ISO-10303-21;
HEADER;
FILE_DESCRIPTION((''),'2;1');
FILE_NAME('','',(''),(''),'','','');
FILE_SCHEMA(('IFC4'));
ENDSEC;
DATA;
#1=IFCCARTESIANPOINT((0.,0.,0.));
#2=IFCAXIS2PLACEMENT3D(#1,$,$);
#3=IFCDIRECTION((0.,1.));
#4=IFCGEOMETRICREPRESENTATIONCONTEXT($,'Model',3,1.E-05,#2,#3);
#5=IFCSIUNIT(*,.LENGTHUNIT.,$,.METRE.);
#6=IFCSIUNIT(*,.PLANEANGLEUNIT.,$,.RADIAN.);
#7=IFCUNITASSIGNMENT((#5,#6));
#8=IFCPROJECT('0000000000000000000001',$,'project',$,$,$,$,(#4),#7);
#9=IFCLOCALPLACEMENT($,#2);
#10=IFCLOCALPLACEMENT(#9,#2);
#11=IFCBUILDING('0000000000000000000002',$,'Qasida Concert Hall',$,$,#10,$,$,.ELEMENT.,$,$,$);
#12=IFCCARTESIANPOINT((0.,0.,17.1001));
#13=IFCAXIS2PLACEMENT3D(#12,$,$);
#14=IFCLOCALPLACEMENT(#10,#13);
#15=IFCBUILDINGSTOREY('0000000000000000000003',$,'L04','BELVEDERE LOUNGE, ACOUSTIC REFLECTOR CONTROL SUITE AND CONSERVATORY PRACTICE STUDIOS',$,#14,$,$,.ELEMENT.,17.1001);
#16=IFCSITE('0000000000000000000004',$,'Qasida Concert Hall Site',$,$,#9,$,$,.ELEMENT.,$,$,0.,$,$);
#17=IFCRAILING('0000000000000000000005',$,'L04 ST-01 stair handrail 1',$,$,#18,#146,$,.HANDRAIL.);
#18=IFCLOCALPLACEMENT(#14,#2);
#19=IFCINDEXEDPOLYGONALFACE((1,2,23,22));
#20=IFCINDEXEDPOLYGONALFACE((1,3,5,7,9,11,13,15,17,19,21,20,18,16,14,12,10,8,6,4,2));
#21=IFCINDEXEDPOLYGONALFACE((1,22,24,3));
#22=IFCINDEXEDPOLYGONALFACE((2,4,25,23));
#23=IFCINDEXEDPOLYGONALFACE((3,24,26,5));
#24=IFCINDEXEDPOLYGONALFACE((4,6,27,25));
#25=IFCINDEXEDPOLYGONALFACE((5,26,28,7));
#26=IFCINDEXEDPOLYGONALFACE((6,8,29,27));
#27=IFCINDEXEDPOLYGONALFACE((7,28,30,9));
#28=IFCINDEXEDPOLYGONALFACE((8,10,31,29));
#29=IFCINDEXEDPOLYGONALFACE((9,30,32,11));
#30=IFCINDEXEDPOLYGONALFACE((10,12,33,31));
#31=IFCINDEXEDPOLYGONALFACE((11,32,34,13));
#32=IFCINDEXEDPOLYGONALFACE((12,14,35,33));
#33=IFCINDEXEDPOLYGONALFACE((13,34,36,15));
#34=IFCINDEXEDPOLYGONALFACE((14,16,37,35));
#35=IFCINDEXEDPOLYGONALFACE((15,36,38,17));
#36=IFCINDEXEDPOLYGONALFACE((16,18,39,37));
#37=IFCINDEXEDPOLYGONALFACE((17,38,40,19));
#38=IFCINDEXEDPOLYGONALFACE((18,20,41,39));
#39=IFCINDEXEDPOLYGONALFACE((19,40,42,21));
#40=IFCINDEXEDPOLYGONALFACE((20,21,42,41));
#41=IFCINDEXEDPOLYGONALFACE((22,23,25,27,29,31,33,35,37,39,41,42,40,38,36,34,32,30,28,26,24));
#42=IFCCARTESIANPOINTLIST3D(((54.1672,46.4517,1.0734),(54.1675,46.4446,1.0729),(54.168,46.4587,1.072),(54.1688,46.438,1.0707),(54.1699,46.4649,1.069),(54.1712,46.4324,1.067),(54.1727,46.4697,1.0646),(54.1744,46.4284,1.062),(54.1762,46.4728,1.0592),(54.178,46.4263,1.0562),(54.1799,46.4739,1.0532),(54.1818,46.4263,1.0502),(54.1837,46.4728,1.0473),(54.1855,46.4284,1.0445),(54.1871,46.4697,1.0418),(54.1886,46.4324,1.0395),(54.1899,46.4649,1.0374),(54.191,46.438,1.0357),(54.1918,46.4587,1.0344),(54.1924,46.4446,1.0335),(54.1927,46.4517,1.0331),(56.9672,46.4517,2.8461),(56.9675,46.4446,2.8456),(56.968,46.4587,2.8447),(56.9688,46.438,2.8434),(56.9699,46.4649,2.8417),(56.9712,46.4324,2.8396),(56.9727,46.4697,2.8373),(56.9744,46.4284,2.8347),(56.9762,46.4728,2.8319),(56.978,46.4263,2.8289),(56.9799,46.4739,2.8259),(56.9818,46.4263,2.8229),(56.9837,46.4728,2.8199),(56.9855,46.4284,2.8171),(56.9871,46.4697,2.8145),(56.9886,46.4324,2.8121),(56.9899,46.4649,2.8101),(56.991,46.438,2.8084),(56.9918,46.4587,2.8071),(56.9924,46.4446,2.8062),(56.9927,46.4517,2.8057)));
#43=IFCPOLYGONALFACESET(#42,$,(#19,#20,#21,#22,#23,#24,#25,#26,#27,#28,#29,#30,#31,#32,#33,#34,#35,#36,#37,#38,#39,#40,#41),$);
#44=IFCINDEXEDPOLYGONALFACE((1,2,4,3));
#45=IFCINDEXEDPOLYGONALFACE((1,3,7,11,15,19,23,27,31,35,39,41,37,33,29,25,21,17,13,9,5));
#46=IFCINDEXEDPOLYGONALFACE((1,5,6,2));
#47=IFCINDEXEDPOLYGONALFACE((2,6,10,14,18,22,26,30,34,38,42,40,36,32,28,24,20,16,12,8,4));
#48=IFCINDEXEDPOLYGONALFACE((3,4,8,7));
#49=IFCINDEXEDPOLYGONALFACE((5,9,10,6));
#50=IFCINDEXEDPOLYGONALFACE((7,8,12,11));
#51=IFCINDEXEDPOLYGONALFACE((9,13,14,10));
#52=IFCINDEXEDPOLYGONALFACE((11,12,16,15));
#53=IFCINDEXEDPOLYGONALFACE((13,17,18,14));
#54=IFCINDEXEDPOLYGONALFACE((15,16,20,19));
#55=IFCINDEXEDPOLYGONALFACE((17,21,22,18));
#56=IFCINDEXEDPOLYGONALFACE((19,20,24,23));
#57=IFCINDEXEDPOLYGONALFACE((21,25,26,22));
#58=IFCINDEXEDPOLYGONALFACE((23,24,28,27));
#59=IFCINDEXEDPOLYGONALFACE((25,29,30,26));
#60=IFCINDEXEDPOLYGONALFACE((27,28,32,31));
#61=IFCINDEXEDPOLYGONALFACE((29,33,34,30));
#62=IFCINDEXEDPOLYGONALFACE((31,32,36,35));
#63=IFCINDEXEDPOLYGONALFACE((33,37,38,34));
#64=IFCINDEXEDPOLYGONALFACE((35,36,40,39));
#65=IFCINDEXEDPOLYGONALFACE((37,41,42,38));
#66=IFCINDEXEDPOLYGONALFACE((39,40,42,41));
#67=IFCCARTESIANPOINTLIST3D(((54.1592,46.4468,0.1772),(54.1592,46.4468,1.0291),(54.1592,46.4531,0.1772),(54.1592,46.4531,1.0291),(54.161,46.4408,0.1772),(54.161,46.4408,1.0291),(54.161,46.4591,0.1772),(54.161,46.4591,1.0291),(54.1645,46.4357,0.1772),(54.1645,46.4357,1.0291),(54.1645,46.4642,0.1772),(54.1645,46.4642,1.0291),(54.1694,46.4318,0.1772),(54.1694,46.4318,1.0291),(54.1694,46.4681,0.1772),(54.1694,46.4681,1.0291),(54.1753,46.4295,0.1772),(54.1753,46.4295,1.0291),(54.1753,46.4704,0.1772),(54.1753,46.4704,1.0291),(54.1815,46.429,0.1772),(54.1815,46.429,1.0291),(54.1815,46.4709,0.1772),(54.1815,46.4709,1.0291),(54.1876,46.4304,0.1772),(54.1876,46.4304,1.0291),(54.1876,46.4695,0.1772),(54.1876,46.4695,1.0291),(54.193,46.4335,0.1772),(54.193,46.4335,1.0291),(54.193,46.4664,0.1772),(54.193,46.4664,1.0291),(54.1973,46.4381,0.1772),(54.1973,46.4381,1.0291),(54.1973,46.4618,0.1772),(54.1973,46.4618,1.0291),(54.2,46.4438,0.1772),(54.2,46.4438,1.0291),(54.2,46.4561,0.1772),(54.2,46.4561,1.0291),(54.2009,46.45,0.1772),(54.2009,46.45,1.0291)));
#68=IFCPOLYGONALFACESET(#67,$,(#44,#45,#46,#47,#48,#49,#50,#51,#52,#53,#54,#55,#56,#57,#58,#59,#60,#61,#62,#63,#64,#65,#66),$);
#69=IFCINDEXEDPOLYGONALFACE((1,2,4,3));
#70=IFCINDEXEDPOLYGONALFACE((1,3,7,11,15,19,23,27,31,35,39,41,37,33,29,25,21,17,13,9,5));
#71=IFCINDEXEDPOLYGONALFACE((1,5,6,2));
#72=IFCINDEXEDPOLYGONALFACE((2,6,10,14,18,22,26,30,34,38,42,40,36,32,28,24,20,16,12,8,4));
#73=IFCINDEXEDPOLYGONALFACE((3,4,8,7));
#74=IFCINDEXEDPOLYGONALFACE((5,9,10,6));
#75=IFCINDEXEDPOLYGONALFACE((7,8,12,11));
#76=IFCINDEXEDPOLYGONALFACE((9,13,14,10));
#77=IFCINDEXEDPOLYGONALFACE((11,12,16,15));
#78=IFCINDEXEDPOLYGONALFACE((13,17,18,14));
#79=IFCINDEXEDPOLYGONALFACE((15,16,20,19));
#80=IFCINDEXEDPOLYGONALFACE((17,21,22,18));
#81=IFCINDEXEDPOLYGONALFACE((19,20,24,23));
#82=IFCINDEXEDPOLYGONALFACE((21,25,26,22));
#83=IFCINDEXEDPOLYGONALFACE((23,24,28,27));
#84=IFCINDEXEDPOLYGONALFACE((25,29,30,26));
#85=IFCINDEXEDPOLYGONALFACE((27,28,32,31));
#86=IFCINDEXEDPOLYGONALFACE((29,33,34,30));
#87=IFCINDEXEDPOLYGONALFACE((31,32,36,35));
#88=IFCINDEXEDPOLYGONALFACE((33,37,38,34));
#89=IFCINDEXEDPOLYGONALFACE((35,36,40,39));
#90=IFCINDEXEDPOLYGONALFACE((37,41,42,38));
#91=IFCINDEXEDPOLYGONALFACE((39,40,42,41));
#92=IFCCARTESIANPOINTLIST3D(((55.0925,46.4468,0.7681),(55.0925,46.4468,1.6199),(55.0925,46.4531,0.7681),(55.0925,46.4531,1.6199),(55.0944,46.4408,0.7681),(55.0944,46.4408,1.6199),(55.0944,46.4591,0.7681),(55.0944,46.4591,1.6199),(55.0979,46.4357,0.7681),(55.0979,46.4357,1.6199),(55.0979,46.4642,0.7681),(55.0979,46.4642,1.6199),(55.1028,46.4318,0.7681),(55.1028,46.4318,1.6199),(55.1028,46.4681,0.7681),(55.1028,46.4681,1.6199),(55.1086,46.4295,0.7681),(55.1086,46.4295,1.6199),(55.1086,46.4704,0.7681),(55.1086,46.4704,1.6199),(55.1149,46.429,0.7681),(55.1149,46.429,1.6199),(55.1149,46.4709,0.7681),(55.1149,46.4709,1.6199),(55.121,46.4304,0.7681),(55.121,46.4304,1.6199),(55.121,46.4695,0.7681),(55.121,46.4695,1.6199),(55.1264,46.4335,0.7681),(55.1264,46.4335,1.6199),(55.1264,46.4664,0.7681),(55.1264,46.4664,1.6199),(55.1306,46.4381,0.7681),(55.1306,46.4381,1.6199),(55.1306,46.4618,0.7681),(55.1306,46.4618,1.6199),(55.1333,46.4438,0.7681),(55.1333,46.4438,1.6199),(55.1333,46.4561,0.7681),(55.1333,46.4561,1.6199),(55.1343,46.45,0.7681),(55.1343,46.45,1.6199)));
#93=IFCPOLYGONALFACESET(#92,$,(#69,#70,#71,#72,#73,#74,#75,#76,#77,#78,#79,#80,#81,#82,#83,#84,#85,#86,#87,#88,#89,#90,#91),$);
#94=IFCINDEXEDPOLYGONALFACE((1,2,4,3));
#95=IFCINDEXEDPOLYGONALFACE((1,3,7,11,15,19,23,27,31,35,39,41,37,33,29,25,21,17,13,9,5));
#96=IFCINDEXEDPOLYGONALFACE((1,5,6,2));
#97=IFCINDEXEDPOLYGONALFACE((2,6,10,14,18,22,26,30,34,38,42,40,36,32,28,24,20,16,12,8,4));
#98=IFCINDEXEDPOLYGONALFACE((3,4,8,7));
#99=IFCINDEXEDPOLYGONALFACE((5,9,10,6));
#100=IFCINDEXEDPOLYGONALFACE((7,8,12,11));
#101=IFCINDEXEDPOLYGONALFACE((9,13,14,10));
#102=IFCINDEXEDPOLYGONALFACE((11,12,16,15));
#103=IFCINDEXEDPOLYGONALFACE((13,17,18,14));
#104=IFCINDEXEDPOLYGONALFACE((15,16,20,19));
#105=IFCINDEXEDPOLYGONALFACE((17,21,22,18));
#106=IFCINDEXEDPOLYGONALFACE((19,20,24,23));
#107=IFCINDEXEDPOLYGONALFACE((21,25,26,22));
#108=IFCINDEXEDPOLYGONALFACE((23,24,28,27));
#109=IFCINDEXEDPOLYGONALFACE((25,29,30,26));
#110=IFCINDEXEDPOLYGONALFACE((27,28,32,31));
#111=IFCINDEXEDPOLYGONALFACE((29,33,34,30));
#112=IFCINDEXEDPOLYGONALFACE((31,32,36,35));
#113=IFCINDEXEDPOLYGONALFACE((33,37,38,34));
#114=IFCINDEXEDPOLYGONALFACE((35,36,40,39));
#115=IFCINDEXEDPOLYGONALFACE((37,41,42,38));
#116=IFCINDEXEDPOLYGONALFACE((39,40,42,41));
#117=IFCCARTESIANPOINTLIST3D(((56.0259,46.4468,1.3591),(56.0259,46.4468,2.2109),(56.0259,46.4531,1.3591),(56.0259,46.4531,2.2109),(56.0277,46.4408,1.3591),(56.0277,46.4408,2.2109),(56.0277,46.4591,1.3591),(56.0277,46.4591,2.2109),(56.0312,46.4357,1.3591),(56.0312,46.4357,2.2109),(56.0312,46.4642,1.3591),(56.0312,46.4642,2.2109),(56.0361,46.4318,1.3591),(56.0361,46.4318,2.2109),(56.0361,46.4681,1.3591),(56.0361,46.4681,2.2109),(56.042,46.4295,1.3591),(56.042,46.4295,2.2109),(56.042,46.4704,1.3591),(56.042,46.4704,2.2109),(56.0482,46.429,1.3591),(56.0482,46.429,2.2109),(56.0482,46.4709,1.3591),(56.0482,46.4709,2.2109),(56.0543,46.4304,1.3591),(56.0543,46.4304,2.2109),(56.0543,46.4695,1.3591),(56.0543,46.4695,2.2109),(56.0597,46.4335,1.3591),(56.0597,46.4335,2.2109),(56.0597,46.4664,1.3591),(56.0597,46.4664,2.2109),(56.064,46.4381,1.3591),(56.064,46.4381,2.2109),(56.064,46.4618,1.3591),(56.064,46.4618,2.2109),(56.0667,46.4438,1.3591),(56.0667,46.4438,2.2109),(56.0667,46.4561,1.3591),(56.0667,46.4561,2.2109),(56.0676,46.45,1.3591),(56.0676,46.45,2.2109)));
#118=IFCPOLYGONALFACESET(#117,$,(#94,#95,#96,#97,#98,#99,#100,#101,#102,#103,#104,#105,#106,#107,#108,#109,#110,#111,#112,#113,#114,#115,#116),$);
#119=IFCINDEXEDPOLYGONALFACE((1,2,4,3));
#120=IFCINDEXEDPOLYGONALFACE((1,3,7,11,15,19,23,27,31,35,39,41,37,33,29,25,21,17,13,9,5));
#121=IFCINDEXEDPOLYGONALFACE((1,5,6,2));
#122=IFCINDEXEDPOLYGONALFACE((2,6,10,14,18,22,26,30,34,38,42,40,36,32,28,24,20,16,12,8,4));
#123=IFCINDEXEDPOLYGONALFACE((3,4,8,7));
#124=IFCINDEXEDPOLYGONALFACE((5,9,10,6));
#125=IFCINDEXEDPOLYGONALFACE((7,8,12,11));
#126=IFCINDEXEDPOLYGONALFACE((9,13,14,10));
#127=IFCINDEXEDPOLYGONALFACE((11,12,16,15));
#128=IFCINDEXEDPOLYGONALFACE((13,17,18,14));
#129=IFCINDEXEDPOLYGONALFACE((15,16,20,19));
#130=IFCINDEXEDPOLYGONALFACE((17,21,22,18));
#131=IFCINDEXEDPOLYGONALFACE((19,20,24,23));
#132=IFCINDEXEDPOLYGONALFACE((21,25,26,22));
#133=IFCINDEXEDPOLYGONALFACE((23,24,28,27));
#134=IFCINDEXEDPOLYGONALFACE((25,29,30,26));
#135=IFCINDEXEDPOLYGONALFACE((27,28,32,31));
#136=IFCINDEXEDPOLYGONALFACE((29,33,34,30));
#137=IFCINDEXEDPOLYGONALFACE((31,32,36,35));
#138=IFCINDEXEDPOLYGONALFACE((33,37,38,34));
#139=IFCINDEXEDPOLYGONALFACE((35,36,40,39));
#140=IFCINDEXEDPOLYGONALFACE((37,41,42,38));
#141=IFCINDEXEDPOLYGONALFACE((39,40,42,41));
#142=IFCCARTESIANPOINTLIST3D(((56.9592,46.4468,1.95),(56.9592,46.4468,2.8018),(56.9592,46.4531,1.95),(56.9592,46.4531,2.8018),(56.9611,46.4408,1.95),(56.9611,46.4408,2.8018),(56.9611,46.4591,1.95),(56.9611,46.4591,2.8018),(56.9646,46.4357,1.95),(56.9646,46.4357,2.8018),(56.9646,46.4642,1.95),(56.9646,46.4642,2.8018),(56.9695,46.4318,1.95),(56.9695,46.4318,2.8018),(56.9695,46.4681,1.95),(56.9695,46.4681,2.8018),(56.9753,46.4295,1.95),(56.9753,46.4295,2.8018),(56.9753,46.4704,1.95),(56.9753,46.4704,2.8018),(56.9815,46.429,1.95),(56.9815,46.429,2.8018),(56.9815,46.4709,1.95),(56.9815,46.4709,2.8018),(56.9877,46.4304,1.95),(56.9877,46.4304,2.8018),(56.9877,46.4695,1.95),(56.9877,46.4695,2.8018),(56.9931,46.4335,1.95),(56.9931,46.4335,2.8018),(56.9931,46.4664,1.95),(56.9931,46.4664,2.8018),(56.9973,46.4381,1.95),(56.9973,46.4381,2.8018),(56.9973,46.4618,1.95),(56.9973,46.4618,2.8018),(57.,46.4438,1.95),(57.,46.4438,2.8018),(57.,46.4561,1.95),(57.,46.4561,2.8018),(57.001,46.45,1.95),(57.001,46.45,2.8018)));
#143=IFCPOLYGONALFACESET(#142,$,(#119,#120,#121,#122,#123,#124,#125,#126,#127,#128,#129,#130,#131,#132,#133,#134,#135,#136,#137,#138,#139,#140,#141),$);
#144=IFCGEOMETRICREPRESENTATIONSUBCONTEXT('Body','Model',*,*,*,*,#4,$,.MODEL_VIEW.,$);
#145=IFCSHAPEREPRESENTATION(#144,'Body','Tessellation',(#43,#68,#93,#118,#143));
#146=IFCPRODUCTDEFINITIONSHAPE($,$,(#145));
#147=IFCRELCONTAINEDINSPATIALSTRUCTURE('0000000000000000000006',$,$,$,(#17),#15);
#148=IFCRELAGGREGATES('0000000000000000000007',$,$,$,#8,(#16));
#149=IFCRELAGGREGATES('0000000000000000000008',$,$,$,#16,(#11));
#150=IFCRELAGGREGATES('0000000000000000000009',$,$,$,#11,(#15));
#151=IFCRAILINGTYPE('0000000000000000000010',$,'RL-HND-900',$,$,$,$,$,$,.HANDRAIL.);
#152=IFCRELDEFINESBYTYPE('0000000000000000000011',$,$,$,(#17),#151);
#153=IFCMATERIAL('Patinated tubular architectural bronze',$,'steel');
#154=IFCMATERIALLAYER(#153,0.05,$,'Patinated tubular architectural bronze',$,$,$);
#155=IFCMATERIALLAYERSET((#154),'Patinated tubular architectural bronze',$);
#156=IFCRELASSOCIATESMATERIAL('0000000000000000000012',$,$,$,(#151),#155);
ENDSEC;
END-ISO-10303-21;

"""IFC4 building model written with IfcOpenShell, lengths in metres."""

from ifc_helpers import new_model, si_unit, direction, frame, origin, origin_2d, place, context, subcontext, project, spatial, circle, extrude, material, layer, layer_set, type_object, element, save


model = new_model("IFC4")

# Units and contexts
model_context = context("Model", 3, precision=1e-05, world=origin(), true_north=direction((0.0, 1.0)))
body_context = subcontext(model_context, "Body", "Model", "MODEL_VIEW")
ifc_project = project(units=[si_unit("LENGTHUNIT", "METRE"), si_unit("PLANEANGLEUNIT", "RADIAN")], contexts=[model_context])

# Site, building, storey
site_placement = place(None, origin())
site = spatial("IfcSite", under=ifc_project, at=site_placement, Name="Qasida Concert Hall Site", CompositionType="ELEMENT", RefElevation=0.0)
building_placement = place(site_placement, origin())
building = spatial("IfcBuilding", under=site, at=building_placement, Name="Qasida Concert Hall", CompositionType="ELEMENT")
storey_placement = place(building_placement, frame((0.0, 0.0, 17.1001)))
storey = spatial("IfcBuildingStorey", under=building, at=storey_placement, Name="L04", Description="BELVEDERE LOUNGE, ACOUSTIC REFLECTOR CONTROL SUITE AND CONSERVATORY PRACTICE STUDIOS", CompositionType="ELEMENT", Elevation=17.1001)

# Railing
ifc_material_1 = material(Name="Patinated tubular architectural bronze", Category="steel")
ifc_layer_1 = layer(ifc_material_1, 0.05, Name="Patinated tubular architectural bronze")
ifc_layer_set_1 = layer_set([ifc_layer_1], Name="Patinated tubular architectural bronze")
railing_type = type_object("IfcRailingType", Name="RL-HND-900", PredefinedType="HANDRAIL", material=ifc_layer_set_1)
railing_placement = place(storey_placement, frame((54.1799, 46.45, 0.1772)))
element("IfcRailing", 1, at=railing_placement, inside=storey, type_object=railing_type, Name="L04 ST-01 stair handrail 1", PredefinedType="HANDRAIL", context=body_context, shape_type="SweptSolid", body=[
    extrude(circle(Radius=0.0239, at=origin_2d()), frame((0.0, 0.0, 0.876), z_axis=(0.844909, 0.0, 0.53491), x_axis=(0.0, 1.0, 0.0)), (0.0, 0.0, 1.0), 3.314),
    extrude(circle(Radius=0.021, at=origin_2d()), origin(), (0.0, 0.0, 1.0), 0.8518),
    extrude(circle(Radius=0.021, at=origin_2d()), frame((0.9333, 0.0, 0.5908)), (0.0, 0.0, 1.0), 0.8518),
    extrude(circle(Radius=0.021, at=origin_2d()), frame((1.8667, 0.0, 1.1819)), (0.0, 0.0, 1.0), 0.8518),
    extrude(circle(Radius=0.021, at=origin_2d()), frame((2.8, 0.0, 1.7727)), (0.0, 0.0, 1.0), 0.8518),
])

save(model, "model.ifc")
